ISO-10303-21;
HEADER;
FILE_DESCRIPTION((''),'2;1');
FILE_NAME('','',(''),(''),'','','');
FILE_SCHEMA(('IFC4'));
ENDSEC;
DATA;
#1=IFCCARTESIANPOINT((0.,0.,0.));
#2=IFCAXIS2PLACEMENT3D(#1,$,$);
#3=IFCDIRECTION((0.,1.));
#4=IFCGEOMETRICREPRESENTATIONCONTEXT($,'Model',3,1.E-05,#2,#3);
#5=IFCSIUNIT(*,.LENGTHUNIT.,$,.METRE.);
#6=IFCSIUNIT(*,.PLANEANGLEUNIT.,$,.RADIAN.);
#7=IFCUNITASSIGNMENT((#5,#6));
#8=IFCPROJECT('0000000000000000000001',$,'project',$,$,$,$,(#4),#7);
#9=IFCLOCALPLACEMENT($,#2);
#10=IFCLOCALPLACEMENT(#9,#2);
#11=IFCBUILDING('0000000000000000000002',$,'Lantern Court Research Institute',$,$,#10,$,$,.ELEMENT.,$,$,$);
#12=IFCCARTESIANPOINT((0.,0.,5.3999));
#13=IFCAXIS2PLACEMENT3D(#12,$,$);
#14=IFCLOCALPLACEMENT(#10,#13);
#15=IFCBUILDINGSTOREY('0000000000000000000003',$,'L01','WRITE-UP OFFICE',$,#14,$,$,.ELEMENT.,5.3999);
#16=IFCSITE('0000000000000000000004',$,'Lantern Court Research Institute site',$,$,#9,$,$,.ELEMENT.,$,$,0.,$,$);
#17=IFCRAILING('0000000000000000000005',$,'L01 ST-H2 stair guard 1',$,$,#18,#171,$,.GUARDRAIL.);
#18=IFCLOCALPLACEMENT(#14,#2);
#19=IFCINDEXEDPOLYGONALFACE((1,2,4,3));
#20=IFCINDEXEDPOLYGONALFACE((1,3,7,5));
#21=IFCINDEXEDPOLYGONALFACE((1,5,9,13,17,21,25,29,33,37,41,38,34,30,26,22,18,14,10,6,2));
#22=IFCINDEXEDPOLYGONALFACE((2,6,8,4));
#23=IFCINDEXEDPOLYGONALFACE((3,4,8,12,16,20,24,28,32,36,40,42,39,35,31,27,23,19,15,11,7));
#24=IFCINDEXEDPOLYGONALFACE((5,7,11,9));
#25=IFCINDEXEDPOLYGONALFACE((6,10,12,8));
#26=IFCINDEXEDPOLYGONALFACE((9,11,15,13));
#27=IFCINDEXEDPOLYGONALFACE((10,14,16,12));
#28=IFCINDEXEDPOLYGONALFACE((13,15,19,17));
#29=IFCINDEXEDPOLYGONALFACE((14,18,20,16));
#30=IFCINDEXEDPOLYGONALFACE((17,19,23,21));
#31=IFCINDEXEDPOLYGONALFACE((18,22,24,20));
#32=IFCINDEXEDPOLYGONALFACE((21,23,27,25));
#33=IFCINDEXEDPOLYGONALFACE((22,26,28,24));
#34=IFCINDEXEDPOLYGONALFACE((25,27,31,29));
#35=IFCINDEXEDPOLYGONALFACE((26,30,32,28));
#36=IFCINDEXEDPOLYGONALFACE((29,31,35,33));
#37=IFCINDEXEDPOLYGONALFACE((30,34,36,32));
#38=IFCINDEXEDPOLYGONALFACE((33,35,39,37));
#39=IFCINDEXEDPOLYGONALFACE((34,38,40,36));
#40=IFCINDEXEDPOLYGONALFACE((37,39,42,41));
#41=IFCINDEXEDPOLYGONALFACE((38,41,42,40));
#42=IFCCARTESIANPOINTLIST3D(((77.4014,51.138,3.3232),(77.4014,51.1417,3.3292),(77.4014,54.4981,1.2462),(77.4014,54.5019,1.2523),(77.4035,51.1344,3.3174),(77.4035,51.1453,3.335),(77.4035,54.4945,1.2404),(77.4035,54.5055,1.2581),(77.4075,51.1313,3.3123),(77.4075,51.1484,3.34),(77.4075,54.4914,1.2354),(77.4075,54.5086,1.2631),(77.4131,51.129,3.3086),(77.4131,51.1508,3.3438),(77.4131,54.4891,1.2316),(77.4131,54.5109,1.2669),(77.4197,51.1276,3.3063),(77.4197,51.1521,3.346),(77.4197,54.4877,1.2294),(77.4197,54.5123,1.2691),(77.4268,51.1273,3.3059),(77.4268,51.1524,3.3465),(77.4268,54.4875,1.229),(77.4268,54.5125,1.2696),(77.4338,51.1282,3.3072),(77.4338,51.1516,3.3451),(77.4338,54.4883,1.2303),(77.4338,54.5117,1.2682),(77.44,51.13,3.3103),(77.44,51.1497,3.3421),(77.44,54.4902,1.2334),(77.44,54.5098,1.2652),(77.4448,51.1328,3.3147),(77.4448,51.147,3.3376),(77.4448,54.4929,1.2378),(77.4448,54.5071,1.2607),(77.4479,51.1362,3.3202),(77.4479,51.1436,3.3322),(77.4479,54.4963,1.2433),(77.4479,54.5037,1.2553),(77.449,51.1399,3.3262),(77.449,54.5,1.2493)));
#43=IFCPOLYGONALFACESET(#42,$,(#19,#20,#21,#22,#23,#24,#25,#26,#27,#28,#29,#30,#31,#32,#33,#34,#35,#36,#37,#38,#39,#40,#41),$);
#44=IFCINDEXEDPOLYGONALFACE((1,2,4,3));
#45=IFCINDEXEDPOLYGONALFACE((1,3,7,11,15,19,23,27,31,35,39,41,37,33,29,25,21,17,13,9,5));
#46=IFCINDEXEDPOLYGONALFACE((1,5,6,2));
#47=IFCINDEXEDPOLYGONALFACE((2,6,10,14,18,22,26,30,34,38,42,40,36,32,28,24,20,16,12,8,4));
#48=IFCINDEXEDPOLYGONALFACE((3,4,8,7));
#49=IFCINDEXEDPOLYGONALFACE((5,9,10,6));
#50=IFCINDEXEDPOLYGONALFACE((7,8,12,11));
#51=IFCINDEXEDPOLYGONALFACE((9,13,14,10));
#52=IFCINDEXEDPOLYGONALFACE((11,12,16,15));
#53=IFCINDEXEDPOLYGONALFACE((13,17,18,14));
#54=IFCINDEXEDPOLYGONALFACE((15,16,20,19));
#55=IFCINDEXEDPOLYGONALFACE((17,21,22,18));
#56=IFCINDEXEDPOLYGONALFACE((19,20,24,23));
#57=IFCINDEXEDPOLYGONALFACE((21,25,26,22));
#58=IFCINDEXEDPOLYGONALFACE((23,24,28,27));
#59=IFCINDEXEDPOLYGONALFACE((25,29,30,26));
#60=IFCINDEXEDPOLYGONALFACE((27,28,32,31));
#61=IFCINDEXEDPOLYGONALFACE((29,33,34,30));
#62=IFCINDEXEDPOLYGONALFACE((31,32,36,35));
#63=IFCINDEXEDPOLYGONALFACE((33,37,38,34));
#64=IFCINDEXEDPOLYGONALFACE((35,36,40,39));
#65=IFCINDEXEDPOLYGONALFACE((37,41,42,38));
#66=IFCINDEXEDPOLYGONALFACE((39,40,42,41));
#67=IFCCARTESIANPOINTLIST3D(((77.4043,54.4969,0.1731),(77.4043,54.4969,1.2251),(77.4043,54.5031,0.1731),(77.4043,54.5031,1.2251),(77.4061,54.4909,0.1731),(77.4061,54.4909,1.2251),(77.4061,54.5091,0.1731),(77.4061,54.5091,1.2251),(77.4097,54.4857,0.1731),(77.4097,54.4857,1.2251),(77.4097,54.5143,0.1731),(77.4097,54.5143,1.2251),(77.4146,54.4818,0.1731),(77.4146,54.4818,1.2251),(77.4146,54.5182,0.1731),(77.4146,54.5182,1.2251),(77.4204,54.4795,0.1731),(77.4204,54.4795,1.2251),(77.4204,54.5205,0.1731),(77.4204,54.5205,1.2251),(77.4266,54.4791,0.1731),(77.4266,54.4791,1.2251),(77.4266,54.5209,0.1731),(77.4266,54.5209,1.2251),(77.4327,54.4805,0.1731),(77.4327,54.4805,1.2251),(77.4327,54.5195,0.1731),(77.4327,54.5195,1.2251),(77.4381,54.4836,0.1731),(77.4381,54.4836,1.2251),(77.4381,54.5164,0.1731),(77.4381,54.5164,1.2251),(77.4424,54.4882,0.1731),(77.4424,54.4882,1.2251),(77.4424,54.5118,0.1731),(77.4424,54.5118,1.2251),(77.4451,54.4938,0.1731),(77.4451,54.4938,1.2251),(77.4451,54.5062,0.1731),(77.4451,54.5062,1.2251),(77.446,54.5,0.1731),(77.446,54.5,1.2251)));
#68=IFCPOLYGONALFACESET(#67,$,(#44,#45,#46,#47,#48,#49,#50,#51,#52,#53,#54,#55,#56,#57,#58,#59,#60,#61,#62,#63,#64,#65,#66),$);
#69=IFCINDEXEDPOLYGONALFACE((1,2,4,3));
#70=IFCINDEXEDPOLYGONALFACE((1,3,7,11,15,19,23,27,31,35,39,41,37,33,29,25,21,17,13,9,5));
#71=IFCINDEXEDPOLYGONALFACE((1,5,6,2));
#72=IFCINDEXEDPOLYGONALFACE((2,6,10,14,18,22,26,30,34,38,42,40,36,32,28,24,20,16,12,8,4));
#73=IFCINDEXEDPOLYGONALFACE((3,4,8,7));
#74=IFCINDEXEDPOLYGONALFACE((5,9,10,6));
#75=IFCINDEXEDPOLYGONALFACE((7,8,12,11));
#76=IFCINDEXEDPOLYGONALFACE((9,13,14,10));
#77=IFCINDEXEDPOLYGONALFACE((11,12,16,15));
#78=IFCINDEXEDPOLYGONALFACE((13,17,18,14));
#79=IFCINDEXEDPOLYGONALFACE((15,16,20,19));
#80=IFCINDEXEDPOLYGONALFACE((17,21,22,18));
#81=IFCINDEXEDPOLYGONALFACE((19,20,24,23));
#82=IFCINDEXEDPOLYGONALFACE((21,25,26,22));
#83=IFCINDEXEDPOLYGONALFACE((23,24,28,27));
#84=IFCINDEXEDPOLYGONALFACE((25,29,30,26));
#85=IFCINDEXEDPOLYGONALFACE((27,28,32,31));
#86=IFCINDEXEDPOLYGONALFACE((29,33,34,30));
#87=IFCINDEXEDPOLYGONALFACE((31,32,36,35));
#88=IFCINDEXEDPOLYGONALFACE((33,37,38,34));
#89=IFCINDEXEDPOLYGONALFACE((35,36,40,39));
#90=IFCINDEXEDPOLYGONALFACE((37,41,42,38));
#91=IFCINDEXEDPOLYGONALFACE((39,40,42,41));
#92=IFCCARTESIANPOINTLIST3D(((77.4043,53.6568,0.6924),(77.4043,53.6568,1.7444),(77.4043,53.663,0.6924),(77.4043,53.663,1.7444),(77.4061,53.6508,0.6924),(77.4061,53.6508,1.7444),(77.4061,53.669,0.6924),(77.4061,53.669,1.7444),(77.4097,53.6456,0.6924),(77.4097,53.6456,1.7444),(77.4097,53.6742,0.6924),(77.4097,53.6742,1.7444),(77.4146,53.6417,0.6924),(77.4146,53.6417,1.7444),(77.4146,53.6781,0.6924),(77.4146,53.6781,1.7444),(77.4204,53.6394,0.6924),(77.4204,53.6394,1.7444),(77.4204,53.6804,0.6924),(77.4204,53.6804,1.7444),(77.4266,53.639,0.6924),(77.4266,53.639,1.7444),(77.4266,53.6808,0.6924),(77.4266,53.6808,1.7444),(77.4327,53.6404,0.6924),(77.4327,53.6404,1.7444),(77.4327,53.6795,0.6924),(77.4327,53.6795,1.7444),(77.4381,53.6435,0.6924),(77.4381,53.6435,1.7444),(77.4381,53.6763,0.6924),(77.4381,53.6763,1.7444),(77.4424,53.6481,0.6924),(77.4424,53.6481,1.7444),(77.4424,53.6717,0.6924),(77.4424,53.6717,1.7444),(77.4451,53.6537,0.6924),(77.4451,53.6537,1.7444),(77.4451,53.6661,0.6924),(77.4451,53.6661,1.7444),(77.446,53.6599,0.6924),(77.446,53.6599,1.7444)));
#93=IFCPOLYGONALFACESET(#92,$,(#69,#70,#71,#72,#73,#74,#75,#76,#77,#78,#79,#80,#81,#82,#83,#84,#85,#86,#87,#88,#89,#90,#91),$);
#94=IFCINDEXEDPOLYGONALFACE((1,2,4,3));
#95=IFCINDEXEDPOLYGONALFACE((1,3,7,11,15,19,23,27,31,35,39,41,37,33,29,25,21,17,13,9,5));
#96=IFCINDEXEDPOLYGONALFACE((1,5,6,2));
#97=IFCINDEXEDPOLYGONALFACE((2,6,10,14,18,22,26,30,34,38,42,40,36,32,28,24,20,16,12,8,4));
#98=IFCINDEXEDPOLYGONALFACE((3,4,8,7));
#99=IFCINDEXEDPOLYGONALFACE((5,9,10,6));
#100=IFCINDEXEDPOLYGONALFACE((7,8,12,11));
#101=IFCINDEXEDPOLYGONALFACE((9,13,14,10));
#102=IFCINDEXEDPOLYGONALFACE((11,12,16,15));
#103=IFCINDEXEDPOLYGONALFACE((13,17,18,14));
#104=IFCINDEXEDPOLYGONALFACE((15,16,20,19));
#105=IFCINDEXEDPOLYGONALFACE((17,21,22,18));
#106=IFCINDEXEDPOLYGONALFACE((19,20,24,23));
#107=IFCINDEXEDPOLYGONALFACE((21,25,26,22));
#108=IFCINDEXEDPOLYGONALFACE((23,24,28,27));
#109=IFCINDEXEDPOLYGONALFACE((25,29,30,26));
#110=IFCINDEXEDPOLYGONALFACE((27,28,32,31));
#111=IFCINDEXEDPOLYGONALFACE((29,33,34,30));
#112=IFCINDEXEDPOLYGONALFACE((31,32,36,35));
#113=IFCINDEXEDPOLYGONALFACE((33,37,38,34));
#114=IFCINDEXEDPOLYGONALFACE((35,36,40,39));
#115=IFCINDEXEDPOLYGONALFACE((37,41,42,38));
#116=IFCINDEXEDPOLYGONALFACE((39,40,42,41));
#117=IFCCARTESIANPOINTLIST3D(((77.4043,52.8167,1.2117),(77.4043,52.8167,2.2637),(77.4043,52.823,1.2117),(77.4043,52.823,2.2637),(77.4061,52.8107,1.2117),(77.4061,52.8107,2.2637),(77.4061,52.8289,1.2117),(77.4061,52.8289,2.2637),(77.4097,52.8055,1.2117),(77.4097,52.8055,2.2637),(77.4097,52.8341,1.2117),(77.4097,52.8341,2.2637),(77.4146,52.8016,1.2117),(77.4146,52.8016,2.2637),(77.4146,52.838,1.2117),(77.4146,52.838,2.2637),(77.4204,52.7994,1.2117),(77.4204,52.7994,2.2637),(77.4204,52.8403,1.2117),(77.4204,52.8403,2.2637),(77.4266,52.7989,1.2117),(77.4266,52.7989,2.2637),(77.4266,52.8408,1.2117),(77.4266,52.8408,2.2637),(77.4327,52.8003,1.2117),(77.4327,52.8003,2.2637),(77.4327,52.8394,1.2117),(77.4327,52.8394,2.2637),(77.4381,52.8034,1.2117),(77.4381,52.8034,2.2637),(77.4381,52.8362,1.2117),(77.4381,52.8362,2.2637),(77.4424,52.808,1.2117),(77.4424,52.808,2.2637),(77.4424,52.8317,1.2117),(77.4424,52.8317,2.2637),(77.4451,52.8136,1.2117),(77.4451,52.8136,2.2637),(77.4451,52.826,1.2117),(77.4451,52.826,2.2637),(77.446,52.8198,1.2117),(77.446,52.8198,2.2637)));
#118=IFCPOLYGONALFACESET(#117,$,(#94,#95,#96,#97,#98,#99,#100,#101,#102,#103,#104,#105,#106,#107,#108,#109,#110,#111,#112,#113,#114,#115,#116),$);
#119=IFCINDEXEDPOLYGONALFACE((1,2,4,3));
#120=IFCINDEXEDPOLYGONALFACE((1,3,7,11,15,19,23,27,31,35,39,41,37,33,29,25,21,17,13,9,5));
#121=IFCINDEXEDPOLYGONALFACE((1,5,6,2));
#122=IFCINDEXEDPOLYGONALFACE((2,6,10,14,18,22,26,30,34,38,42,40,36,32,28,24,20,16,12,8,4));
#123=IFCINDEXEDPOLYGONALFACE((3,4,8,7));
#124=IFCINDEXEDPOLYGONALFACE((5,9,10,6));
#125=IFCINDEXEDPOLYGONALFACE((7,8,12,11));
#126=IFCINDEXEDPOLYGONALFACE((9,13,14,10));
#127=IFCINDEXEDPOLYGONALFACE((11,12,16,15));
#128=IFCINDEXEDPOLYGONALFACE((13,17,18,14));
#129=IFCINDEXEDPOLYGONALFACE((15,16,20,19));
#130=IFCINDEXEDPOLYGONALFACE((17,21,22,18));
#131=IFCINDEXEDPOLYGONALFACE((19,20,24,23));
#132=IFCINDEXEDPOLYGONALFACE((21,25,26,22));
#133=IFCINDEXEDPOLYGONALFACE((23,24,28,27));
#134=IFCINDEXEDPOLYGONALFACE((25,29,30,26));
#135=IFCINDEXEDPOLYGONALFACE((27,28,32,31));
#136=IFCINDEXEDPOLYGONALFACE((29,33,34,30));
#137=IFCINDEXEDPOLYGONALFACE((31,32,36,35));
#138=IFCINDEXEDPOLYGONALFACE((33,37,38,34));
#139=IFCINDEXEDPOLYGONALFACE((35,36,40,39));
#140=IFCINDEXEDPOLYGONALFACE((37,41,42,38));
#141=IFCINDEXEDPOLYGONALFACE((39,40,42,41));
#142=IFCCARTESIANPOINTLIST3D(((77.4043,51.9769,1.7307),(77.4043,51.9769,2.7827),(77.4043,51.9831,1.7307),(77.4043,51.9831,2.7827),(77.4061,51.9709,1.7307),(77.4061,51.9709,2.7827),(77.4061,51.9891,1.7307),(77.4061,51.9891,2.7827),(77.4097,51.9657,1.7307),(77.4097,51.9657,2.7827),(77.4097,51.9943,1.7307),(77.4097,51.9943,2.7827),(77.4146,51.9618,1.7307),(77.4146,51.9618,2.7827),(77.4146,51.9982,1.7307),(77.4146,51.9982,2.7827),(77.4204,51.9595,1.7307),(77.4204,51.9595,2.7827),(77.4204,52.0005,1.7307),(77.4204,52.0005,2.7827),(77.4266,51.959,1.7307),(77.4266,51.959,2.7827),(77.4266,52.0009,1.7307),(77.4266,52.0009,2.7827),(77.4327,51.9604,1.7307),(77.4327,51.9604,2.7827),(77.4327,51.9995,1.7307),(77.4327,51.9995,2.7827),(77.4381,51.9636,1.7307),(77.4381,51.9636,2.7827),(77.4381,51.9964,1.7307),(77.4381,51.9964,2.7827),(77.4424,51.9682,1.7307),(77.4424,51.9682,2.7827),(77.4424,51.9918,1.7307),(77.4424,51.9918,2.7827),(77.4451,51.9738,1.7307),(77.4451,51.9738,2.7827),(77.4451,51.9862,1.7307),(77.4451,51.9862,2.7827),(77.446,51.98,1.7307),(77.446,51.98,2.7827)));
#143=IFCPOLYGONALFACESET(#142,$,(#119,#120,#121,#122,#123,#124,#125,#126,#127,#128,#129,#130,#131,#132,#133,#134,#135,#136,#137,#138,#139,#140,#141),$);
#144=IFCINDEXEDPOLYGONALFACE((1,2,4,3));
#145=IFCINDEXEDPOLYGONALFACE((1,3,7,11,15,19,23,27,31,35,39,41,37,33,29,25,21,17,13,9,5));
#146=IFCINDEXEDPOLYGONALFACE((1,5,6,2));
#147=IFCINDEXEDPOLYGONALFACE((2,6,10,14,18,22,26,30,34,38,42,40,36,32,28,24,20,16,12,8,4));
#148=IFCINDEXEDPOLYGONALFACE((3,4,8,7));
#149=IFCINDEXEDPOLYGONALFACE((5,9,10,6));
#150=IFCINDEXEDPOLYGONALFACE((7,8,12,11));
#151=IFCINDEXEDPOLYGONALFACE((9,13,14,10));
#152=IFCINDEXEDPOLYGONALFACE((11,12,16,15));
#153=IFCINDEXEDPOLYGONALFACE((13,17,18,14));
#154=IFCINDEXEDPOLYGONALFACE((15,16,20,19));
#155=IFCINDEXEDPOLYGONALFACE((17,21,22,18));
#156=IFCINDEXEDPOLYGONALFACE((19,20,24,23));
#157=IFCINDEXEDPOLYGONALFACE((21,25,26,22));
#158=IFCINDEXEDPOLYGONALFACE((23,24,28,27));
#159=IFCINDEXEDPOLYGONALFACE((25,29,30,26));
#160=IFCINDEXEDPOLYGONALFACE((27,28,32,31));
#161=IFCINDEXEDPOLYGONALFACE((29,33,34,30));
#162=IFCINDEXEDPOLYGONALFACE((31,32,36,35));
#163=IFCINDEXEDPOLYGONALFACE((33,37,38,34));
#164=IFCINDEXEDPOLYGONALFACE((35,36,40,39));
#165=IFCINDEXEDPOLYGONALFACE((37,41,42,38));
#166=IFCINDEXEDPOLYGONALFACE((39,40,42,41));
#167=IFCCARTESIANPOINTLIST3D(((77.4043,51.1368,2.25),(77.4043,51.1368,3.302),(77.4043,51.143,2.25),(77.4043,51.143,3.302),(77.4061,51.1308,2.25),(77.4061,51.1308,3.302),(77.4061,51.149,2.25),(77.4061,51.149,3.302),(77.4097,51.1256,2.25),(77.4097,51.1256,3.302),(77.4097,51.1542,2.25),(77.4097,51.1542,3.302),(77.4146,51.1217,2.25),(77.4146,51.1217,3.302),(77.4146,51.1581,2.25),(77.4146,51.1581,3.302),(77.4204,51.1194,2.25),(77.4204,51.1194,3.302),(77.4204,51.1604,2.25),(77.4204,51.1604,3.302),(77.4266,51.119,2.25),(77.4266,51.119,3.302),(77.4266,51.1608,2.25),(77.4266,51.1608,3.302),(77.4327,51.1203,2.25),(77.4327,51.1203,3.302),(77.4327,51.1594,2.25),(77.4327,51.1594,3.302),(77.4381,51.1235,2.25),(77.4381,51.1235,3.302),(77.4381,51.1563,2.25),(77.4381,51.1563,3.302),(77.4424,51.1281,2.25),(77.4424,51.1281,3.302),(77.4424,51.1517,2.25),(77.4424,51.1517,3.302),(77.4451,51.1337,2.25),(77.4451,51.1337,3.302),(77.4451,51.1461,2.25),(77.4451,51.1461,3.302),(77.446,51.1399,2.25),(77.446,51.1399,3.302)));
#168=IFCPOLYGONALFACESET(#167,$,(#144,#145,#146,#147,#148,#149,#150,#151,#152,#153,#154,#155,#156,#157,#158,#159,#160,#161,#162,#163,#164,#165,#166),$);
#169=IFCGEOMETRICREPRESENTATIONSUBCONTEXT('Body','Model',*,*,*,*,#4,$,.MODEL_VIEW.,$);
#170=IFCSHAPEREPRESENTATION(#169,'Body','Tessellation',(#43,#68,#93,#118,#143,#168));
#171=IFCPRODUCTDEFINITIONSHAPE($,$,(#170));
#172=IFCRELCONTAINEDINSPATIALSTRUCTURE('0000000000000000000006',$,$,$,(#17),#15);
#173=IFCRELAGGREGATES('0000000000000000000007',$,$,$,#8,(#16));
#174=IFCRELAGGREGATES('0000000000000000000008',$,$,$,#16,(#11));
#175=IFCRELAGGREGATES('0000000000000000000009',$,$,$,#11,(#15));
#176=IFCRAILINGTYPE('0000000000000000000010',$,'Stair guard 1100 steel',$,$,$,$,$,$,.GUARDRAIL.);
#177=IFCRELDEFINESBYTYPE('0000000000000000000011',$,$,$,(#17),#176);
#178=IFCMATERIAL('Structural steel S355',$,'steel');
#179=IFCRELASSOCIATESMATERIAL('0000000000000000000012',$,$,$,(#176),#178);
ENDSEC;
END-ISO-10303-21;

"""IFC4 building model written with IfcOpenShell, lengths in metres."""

from ifc_helpers import new_model, si_unit, direction, frame, origin, origin_2d, place, context, subcontext, project, spatial, circle, extrude, material, type_object, element, save


model = new_model("IFC4")

# Units and contexts
model_context = context("Model", 3, precision=1e-05, world=origin(), true_north=direction((0.0, 1.0)))
body_context = subcontext(model_context, "Body", "Model", "MODEL_VIEW")
ifc_project = project(units=[si_unit("LENGTHUNIT", "METRE"), si_unit("PLANEANGLEUNIT", "RADIAN")], contexts=[model_context])

# Site, building, storey
site_placement = place(None, origin())
site = spatial("IfcSite", under=ifc_project, at=site_placement, Name="Lantern Court Research Institute site", CompositionType="ELEMENT", RefElevation=0.0)
building_placement = place(site_placement, origin())
building = spatial("IfcBuilding", under=site, at=building_placement, Name="Lantern Court Research Institute", CompositionType="ELEMENT")
storey_placement = place(building_placement, frame((0.0, 0.0, 5.3999)))
storey = spatial("IfcBuildingStorey", under=building, at=storey_placement, Name="L01", Description="WRITE-UP OFFICE", CompositionType="ELEMENT", Elevation=5.3999)

# Railing
ifc_material_1 = material(Name="Structural steel S355", Category="steel")
railing_type_1 = type_object("IfcRailingType", Name="Stair guard 1100 steel", PredefinedType="GUARDRAIL", material=ifc_material_1)
railing_1_placement = place(storey_placement, frame((77.425, 54.5, 0.1731)))
element("IfcRailing", 1, at=railing_1_placement, inside=storey, type_object=railing_type_1, Name="L01 ST-H2 stair guard 1", PredefinedType="GUARDRAIL", context=body_context, shape_type="SweptSolid", body=[
    extrude(circle(Radius=0.0239, at=origin_2d()), frame((0.0, 0.0, 1.0762), z_axis=(0.0, -0.850623, 0.525776), x_axis=(1.0, 0.0, 0.0)), (0.0, 0.0, 1.0), 3.9502),
    extrude(circle(Radius=0.021, at=origin_2d()), origin(), (0.0, 0.0, 1.0), 1.052),
    extrude(circle(Radius=0.021, at=origin_2d()), frame((0.0, -0.8401, 0.5193)), (0.0, 0.0, 1.0), 1.052),
    extrude(circle(Radius=0.021, at=origin_2d()), frame((0.0, -1.6802, 1.0386)), (0.0, 0.0, 1.0), 1.052),
    extrude(circle(Radius=0.021, at=origin_2d()), frame((0.0, -2.52, 1.5576)), (0.0, 0.0, 1.0), 1.052),
    extrude(circle(Radius=0.021, at=origin_2d()), frame((0.0, -3.3601, 2.0769)), (0.0, 0.0, 1.0), 1.052),
])

save(model, "model.ifc")
